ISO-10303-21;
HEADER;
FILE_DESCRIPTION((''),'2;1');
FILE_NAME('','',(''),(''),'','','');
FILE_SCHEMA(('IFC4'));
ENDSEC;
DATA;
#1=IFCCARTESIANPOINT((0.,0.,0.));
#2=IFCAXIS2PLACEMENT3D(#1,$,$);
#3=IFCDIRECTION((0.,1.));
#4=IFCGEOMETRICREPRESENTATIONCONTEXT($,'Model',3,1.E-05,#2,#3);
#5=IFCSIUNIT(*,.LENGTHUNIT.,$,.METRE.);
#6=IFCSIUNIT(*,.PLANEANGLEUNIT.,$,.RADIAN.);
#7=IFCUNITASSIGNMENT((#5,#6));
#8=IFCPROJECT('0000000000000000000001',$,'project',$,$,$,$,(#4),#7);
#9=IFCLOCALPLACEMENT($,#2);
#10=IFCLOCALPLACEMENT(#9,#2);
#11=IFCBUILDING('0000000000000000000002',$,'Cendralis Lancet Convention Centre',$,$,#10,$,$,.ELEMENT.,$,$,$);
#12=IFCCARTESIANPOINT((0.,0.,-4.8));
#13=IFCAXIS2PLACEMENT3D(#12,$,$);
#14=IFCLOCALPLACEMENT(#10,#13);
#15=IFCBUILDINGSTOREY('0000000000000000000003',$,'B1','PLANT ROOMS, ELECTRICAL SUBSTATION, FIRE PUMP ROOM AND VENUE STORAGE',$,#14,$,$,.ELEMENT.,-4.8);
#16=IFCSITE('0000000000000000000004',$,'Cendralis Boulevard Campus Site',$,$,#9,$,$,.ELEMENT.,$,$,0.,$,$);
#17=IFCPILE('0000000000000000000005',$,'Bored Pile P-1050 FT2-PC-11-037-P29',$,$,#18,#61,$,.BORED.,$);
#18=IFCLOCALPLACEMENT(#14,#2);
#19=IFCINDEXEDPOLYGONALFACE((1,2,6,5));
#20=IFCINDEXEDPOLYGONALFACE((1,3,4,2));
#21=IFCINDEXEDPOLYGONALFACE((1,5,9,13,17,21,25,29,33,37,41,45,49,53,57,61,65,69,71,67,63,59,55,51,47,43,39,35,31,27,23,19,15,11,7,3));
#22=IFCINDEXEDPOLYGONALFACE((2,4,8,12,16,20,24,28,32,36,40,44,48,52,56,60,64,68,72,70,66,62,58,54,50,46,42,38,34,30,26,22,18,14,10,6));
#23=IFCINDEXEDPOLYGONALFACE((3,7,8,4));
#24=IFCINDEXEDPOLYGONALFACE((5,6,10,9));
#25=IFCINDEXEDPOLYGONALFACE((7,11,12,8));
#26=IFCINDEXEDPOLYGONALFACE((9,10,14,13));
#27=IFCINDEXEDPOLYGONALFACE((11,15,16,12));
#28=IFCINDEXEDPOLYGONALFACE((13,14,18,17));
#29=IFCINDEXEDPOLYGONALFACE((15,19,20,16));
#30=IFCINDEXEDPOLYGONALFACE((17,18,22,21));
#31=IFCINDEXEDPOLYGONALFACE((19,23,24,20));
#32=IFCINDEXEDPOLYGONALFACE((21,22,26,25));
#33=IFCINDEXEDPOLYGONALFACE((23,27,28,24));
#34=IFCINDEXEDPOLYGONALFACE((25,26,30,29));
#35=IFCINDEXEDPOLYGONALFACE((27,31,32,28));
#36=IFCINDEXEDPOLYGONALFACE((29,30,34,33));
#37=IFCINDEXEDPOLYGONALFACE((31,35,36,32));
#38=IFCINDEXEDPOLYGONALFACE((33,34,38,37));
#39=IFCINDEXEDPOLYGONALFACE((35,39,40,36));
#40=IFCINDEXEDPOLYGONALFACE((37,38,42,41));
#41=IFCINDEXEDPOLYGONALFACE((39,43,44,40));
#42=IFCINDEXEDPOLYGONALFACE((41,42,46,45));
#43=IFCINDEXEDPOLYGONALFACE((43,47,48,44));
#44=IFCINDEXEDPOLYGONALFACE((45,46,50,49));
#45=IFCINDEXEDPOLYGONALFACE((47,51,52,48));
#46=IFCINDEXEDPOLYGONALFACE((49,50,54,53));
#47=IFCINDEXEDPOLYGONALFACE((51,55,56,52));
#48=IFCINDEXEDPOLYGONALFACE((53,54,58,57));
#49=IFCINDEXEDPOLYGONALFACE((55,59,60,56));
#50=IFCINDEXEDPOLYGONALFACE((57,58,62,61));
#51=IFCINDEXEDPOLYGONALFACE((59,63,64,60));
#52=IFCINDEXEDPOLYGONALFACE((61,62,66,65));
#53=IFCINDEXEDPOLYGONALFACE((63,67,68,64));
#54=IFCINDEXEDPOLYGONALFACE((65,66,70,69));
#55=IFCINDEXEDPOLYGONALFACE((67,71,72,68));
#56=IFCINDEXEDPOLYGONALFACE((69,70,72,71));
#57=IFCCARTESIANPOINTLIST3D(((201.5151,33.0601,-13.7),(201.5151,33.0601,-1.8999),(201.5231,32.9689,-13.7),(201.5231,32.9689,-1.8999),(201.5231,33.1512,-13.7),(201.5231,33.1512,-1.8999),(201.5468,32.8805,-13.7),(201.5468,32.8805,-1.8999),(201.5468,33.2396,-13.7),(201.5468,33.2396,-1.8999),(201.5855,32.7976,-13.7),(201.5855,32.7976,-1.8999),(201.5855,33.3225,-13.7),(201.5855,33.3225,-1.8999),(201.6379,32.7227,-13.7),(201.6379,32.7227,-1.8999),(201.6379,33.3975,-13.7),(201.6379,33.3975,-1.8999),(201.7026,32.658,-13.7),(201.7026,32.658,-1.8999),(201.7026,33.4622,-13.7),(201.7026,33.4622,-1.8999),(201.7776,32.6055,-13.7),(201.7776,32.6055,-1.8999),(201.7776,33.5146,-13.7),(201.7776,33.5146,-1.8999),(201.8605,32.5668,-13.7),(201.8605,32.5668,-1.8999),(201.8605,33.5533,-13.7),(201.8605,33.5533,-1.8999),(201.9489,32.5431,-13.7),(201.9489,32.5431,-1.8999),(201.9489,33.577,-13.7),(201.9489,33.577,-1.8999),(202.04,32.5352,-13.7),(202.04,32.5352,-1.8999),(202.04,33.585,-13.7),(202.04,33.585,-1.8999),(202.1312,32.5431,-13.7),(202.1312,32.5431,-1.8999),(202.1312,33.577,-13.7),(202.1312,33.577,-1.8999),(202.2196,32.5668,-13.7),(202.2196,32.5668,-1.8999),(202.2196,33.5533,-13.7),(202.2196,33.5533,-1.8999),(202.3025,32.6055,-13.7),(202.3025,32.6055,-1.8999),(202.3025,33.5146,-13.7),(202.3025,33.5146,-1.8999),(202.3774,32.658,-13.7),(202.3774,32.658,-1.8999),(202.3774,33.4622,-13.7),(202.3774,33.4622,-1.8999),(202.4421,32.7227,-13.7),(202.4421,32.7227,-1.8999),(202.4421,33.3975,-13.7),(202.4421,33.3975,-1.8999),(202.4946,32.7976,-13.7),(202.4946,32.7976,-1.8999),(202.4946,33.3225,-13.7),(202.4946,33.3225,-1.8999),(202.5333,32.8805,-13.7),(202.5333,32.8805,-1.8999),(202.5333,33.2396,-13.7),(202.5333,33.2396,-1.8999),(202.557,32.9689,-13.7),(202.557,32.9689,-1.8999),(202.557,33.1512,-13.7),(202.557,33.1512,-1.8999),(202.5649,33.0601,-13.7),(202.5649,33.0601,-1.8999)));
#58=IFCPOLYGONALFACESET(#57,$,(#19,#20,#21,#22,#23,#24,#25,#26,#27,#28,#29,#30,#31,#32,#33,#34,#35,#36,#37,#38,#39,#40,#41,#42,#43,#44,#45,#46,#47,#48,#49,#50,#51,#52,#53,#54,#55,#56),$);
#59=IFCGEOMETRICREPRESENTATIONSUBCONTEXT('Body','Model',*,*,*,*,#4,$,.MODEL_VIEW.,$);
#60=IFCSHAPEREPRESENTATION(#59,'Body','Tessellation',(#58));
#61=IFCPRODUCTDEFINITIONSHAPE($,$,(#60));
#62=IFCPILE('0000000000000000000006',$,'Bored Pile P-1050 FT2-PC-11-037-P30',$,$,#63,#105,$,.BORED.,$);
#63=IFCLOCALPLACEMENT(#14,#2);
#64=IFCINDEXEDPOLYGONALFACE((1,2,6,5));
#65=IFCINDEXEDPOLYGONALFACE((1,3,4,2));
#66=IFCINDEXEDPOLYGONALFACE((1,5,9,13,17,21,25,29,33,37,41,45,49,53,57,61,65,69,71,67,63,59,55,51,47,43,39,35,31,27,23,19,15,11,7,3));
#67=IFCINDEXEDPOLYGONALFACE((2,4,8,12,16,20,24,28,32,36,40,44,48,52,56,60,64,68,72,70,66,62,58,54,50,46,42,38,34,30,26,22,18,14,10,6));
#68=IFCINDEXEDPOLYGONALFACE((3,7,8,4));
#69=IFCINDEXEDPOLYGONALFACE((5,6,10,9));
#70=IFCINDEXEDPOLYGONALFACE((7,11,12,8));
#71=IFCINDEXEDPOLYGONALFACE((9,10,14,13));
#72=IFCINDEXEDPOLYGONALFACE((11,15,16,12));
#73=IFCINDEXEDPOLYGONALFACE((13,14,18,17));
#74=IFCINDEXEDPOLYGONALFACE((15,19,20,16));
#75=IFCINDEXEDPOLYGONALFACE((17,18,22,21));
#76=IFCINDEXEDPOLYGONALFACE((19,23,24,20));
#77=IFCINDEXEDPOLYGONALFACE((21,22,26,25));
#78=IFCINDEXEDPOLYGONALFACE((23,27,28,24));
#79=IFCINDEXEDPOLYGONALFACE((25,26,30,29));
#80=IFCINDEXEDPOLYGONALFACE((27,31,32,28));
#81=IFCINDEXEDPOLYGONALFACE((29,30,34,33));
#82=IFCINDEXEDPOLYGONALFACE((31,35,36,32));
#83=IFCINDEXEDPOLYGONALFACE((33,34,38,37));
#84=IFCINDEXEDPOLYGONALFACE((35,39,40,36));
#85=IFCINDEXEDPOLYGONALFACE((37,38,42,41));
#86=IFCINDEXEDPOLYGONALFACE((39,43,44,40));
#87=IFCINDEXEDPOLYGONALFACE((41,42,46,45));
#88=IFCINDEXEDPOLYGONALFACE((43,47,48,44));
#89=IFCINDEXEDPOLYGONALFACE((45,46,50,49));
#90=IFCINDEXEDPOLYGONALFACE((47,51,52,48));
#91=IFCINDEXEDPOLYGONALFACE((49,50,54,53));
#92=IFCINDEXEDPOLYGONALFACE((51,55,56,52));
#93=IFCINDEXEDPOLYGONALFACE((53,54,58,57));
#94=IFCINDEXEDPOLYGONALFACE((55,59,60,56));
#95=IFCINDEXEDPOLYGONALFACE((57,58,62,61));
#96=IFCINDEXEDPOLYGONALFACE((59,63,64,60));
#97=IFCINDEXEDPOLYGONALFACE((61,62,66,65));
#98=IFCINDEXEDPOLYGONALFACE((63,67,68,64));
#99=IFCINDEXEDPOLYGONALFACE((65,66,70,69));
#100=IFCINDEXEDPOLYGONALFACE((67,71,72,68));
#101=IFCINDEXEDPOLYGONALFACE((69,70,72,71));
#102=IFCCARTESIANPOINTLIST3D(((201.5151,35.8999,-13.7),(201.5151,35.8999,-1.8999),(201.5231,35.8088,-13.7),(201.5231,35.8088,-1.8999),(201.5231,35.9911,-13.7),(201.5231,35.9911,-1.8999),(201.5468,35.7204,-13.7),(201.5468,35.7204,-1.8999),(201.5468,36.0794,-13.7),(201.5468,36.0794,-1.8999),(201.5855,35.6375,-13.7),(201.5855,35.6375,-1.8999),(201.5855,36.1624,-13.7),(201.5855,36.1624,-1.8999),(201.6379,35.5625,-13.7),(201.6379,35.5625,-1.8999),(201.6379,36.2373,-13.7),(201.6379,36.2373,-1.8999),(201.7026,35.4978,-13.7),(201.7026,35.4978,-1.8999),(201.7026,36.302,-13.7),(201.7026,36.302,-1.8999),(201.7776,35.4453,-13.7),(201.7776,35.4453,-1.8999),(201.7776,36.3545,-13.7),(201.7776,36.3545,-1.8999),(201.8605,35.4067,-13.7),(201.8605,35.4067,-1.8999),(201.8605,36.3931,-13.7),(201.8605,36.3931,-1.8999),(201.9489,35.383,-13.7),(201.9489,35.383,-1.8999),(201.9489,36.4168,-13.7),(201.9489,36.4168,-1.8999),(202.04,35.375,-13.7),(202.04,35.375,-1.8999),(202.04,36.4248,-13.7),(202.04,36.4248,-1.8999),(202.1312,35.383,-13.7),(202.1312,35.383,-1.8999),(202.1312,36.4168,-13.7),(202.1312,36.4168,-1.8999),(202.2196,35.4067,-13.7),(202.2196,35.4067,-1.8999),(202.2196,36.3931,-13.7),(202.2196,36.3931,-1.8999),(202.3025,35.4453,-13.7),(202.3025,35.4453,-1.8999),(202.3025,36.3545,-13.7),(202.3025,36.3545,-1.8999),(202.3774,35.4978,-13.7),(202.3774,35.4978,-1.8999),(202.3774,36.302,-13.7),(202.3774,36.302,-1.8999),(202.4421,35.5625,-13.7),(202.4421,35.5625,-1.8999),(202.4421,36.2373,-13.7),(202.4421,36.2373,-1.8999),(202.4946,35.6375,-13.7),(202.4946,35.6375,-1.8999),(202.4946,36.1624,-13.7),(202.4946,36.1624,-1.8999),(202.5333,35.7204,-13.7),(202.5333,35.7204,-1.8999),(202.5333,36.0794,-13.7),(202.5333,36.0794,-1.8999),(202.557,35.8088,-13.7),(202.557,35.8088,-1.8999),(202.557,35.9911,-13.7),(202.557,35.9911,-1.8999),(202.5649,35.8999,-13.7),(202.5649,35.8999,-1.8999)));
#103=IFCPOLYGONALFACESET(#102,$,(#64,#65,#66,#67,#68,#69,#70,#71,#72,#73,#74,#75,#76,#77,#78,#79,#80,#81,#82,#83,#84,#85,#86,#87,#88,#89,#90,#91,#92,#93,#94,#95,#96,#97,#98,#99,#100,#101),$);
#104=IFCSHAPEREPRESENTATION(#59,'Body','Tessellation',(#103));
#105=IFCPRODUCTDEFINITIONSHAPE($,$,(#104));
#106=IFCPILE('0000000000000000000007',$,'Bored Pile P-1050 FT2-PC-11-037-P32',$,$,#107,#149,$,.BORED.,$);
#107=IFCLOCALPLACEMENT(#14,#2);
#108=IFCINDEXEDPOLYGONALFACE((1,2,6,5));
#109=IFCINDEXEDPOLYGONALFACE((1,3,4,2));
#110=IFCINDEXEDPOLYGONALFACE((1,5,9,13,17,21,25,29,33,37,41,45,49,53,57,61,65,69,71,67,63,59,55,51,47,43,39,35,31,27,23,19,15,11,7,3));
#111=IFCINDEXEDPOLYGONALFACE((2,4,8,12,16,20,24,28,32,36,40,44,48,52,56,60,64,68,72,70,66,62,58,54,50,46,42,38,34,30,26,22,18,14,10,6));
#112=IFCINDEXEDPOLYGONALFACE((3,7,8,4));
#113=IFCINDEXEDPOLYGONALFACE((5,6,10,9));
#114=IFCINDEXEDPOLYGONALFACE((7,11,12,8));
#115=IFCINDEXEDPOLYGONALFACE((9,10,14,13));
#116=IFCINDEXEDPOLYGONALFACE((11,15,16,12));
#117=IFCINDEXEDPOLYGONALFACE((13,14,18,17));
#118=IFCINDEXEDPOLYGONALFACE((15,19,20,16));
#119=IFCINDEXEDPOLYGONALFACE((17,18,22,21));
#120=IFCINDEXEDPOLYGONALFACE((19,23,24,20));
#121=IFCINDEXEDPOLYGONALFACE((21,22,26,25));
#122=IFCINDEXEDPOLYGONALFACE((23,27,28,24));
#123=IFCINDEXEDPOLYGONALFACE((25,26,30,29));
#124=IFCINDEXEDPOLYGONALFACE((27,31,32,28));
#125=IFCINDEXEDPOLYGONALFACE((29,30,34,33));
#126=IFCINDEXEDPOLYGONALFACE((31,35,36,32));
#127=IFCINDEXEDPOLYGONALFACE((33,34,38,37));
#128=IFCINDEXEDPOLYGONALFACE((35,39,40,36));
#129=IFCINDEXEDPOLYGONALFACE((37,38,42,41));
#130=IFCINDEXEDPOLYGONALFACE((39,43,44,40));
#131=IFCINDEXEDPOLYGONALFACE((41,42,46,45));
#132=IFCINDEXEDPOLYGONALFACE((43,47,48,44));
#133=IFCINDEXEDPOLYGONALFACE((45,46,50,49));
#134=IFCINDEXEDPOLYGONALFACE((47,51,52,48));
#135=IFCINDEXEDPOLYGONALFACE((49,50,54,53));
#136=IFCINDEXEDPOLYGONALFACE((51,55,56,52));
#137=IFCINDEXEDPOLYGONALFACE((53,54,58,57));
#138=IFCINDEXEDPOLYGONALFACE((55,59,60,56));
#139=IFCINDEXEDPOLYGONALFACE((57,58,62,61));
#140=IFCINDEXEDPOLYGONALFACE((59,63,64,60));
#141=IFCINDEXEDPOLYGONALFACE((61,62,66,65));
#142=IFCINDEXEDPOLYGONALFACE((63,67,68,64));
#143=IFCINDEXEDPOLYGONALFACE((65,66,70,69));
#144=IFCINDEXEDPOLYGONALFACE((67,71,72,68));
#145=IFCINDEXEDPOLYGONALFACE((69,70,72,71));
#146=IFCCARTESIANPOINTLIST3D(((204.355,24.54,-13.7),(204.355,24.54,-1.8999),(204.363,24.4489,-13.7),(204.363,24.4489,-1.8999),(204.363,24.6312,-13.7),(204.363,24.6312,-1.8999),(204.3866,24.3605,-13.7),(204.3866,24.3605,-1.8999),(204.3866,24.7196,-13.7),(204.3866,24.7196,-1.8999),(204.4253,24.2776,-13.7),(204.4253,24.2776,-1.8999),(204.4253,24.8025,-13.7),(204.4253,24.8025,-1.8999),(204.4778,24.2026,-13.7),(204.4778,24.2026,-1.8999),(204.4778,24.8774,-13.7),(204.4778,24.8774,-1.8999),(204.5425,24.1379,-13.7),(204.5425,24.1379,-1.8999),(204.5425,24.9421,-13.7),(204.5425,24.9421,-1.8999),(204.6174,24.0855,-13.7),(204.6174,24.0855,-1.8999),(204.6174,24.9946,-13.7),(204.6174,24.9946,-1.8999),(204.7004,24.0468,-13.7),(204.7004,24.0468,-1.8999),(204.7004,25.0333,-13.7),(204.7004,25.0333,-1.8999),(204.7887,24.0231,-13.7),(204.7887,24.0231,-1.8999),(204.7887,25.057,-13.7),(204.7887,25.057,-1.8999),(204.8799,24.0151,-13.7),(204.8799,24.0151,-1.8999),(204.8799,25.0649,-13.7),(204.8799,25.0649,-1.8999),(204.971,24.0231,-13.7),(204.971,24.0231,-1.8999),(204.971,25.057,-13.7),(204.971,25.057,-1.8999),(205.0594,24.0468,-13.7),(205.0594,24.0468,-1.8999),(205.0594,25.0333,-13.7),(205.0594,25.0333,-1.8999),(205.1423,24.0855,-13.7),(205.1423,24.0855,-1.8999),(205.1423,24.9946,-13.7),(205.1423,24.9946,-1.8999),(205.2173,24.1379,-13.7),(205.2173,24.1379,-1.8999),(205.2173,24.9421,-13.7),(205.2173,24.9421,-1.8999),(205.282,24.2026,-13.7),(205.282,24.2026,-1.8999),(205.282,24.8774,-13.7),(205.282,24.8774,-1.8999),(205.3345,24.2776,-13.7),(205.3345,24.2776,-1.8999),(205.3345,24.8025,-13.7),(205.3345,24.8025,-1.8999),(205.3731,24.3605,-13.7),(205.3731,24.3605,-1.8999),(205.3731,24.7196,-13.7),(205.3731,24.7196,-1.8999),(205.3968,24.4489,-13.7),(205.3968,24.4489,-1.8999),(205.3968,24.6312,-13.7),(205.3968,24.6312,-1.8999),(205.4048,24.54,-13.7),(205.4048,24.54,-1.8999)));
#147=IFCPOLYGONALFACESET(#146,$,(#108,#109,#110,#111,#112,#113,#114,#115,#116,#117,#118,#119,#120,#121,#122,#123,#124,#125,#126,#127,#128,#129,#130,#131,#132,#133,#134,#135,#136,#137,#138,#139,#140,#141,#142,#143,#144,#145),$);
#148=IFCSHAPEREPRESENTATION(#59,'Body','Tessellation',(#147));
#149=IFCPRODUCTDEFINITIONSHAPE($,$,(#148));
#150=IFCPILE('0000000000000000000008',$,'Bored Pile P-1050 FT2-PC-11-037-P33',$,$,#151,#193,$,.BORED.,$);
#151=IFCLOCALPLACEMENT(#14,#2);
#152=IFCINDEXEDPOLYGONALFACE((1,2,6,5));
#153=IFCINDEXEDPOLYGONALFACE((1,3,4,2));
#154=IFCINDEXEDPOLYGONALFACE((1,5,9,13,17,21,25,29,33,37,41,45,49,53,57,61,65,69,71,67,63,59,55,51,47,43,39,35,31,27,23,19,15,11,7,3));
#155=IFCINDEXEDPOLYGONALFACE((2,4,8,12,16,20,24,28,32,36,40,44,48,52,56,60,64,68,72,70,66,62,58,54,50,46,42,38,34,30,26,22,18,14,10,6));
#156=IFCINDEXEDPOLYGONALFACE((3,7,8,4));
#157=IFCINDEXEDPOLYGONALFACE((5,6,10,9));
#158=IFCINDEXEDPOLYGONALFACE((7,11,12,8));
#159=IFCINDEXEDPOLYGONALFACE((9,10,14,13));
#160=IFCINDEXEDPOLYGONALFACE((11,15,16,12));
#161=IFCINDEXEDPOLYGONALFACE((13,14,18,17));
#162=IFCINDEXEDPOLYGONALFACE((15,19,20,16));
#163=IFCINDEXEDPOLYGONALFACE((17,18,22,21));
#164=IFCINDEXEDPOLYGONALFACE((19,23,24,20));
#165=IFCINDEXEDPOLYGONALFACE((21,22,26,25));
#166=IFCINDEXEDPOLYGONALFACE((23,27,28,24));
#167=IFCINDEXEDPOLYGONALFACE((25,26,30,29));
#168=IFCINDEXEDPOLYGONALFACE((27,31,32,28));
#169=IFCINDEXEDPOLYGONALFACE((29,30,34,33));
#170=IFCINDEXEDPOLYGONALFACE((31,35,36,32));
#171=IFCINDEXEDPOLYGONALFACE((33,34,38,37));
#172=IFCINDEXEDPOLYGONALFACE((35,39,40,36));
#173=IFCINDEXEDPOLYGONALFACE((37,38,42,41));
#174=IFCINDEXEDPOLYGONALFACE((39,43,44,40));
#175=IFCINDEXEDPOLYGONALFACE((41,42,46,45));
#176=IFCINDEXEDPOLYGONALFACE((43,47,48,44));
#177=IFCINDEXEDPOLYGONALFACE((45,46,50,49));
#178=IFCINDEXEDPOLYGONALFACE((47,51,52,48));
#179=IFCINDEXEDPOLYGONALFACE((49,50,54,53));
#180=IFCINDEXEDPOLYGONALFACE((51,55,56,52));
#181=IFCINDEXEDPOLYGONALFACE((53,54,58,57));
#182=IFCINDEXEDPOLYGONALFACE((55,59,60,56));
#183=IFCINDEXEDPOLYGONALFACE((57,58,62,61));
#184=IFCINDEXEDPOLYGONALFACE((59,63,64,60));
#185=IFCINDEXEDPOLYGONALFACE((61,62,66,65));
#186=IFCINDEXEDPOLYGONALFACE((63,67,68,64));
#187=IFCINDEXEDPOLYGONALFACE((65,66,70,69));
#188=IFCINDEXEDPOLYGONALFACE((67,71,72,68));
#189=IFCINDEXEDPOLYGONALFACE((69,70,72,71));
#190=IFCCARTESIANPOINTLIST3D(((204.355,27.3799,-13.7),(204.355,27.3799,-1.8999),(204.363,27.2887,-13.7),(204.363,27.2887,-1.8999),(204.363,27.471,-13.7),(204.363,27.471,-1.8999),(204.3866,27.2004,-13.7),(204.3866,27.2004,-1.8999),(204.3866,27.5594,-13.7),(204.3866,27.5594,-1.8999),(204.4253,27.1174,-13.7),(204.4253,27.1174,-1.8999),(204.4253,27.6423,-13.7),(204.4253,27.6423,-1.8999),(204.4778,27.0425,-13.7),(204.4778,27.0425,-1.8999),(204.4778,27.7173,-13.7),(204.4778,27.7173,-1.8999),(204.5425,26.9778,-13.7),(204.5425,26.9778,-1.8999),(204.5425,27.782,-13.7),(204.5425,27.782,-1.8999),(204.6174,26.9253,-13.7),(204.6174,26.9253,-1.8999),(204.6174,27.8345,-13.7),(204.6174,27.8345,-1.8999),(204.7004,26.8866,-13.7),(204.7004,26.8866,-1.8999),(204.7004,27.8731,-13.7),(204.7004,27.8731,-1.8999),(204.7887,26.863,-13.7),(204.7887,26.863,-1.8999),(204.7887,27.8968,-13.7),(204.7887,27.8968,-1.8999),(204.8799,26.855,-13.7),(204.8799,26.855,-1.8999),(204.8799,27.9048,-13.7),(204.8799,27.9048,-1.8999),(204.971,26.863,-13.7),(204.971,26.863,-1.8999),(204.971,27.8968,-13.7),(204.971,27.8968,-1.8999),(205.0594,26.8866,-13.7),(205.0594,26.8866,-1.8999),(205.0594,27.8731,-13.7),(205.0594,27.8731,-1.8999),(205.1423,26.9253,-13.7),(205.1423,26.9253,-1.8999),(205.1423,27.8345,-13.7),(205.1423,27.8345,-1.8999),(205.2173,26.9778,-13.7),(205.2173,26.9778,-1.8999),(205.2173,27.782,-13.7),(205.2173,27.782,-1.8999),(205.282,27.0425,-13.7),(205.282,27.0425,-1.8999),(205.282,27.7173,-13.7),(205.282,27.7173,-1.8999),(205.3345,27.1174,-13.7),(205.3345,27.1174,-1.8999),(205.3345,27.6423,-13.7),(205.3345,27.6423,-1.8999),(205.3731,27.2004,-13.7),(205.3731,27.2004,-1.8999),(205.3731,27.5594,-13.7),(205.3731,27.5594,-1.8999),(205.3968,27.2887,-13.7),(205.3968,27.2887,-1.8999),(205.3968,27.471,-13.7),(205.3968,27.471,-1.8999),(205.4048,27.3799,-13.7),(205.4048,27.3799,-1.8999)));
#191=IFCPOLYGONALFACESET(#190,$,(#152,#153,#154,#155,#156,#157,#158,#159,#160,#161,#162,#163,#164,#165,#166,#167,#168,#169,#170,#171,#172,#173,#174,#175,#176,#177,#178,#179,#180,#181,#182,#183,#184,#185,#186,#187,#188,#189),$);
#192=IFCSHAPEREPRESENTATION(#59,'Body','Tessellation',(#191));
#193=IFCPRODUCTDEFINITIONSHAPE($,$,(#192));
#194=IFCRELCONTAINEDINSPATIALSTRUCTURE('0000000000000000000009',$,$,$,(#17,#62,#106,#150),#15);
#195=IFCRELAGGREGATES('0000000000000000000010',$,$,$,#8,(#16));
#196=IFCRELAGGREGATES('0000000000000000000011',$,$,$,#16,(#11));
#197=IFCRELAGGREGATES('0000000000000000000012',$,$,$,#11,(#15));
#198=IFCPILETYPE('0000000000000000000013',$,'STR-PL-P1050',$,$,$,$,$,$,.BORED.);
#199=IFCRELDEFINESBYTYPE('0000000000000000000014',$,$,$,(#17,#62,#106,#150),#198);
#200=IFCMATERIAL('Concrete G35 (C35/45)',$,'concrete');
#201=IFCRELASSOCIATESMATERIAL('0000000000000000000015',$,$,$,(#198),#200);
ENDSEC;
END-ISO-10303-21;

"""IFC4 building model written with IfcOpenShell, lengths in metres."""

from ifc_helpers import new_model, si_unit, direction, frame, origin, origin_2d, place, context, subcontext, project, spatial, circle, extrude, material, material_profile, profile_set, type_object, element, save


model = new_model("IFC4")

# Units and contexts
model_context = context("Model", 3, precision=1e-05, world=origin(), true_north=direction((0.0, 1.0)))
body_context = subcontext(model_context, "Body", "Model", "MODEL_VIEW")
ifc_project = project(units=[si_unit("LENGTHUNIT", "METRE"), si_unit("PLANEANGLEUNIT", "RADIAN")], contexts=[model_context])

# Site, building, storey
site_placement = place(None, origin())
site = spatial("IfcSite", under=ifc_project, at=site_placement, Name="Cendralis Boulevard Campus Site", CompositionType="ELEMENT", RefElevation=0.0)
building_placement = place(site_placement, origin())
building = spatial("IfcBuilding", under=site, at=building_placement, Name="Cendralis Lancet Convention Centre", CompositionType="ELEMENT")
storey_placement = place(building_placement, frame((0.0, 0.0, -4.8)))
storey = spatial("IfcBuildingStorey", under=building, at=storey_placement, Name="B1", Description="PLANT ROOMS, ELECTRICAL SUBSTATION, FIRE PUMP ROOM AND VENUE STORAGE", CompositionType="ELEMENT", Elevation=-4.8)

# Piles
ifc_material_1 = material(Name="Concrete G35 (C35/45)", Category="concrete")
ifc_material_profile_1 = material_profile(ifc_material_1, circle(Radius=0.5249, at=origin_2d()), Name="BORED PILE D1050")
ifc_profile_set_1 = profile_set([ifc_material_profile_1], Name="Concrete G35 (C35/45)")
pile_type = type_object("IfcPileType", Name="STR-PL-P1050", PredefinedType="BORED", material=ifc_profile_set_1)
for number, where, z_axis, x_axis, name in (
    (1, (202.04, 33.0601, -1.8999), (0.0, 0.0, -1.0), (1.0, 0.0, 0.0), "Bored Pile P-1050 FT2-PC-11-037-P29"),
    (2, (202.04, 35.8999, -1.8999), (0.0, 0.0, -1.0), (1.0, 0.0, 0.0), "Bored Pile P-1050 FT2-PC-11-037-P30"),
    (3, (204.8799, 24.54, -1.8999), (0.0, 0.0, -1.0), (1.0, 0.0, 0.0), "Bored Pile P-1050 FT2-PC-11-037-P32"),
    (4, (204.8799, 27.3799, -1.8999), (0.0, 0.0, -1.0), (1.0, 0.0, 0.0), "Bored Pile P-1050 FT2-PC-11-037-P33"),
):
    element("IfcPile", number, at=place(storey_placement, frame(where, z_axis=z_axis, x_axis=x_axis)), inside=storey, type_object=pile_type, Name=name, PredefinedType="BORED", context=body_context, shape_type="SweptSolid", body=[
        extrude(circle(Radius=0.5249, at=origin_2d()), origin(), (0.0, 0.0, 1.0), 11.8),
    ])

save(model, "model.ifc")
